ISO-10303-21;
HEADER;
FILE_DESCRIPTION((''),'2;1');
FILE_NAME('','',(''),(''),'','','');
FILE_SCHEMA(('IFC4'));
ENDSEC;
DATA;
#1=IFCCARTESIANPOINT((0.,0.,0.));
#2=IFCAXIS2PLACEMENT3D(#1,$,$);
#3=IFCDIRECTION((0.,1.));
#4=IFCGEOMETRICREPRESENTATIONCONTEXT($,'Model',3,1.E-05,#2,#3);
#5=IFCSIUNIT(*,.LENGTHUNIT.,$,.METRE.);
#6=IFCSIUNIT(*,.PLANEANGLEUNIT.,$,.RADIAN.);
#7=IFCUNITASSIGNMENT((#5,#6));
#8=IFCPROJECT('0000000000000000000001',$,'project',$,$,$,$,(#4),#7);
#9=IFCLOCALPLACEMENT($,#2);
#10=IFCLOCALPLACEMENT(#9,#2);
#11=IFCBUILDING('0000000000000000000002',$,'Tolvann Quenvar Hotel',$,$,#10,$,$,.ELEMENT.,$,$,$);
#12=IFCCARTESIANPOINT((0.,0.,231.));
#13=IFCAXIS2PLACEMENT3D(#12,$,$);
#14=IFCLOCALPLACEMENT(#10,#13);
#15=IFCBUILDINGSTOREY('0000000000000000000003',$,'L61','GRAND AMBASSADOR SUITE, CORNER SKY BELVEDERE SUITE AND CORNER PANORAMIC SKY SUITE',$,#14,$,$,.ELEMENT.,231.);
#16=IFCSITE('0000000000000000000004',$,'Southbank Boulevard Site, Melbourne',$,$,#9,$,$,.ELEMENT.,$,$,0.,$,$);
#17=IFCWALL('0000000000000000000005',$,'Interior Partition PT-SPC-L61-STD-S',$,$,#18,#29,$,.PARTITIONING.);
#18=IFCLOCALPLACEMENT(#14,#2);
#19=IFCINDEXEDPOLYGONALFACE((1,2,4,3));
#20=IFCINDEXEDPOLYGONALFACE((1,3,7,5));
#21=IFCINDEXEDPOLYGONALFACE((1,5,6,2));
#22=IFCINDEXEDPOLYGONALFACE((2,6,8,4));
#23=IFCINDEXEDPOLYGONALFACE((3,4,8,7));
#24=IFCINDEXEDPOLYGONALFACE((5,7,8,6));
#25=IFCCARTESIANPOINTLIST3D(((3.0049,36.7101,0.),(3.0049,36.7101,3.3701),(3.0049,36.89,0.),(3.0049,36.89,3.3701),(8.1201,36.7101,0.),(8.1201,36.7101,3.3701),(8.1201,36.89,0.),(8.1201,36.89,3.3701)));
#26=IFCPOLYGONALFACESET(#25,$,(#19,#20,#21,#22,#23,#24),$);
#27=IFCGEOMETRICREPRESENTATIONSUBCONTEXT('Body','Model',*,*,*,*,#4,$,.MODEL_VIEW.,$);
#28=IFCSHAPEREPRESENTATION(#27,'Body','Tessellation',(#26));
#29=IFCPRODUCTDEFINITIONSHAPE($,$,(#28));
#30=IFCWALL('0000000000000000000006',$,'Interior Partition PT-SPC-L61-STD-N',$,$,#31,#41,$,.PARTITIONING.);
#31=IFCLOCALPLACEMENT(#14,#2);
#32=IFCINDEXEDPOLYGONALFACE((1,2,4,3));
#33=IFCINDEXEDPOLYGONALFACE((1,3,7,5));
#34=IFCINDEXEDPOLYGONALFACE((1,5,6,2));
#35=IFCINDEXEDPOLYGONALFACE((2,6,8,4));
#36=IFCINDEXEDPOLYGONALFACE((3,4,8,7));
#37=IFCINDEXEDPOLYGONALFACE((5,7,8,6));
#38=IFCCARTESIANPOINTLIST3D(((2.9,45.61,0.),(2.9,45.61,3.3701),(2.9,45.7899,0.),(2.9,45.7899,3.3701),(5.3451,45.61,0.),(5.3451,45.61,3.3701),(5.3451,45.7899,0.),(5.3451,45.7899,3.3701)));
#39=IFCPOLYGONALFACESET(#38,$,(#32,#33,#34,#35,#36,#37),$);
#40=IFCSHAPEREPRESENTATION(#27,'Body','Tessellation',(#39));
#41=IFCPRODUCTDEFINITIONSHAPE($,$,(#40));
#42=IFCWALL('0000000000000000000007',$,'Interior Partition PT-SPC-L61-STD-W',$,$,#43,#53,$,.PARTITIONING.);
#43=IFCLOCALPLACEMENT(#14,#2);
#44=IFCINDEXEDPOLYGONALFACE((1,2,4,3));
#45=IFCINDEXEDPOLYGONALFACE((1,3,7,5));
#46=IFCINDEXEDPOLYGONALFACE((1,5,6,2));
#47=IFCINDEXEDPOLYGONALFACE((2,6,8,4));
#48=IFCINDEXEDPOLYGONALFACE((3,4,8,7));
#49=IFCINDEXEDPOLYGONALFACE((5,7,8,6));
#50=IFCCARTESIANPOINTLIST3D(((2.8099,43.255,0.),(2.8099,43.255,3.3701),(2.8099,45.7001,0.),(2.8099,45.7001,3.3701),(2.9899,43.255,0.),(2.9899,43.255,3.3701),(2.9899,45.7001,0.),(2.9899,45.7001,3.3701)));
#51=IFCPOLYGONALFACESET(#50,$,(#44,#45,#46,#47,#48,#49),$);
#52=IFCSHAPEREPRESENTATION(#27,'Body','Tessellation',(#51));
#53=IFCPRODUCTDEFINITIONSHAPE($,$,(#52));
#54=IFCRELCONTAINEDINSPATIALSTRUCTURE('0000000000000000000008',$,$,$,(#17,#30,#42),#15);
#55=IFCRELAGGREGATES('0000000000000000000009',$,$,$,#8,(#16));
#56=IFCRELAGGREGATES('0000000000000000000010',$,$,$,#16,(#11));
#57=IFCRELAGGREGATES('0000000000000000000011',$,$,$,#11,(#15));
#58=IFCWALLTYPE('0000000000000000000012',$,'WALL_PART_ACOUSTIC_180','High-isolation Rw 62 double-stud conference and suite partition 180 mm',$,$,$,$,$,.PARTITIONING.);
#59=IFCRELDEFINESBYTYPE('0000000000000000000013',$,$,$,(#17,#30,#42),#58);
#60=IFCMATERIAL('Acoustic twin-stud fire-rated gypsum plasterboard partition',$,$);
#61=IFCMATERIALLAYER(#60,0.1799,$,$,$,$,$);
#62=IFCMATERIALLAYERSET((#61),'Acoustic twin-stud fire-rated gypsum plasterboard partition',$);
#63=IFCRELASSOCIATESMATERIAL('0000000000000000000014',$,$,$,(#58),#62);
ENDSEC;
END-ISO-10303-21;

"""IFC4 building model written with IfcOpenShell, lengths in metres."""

from ifc_helpers import new_model, si_unit, direction, frame, frame_2d, origin, place, context, subcontext, project, spatial, rectangle, extrude, material, layer, layer_set, type_object, element, save


model = new_model("IFC4")

# Units and contexts
model_context = context("Model", 3, precision=1e-05, world=origin(), true_north=direction((0.0, 1.0)))
body_context = subcontext(model_context, "Body", "Model", "MODEL_VIEW")
ifc_project = project(units=[si_unit("LENGTHUNIT", "METRE"), si_unit("PLANEANGLEUNIT", "RADIAN")], contexts=[model_context])

# Site, building, storey
site_placement = place(None, origin())
site = spatial("IfcSite", under=ifc_project, at=site_placement, Name="Southbank Boulevard Site, Melbourne", CompositionType="ELEMENT", RefElevation=0.0)
building_placement = place(site_placement, origin())
building = spatial("IfcBuilding", under=site, at=building_placement, Name="Tolvann Quenvar Hotel", CompositionType="ELEMENT")
storey_placement = place(building_placement, frame((0.0, 0.0, 231.0)))
storey = spatial("IfcBuildingStorey", under=building, at=storey_placement, Name="L61", Description="GRAND AMBASSADOR SUITE, CORNER SKY BELVEDERE SUITE AND CORNER PANORAMIC SKY SUITE", CompositionType="ELEMENT", Elevation=231.0)

# Walls
ifc_material_1 = material(Name="Acoustic twin-stud fire-rated gypsum plasterboard partition")
ifc_layer_1 = layer(ifc_material_1, 0.1799)
ifc_layer_set_1 = layer_set([ifc_layer_1], Name="Acoustic twin-stud fire-rated gypsum plasterboard partition")
wall_type_1 = type_object("IfcWallType", Name="WALL_PART_ACOUSTIC_180", Description="High-isolation Rw 62 double-stud conference and suite partition 180 mm", PredefinedType="PARTITIONING", material=ifc_layer_set_1)
for number, where, z_axis, x_axis, name in (
    (1, (3.0049, 36.8, 0.0), (0.0, 0.0, 1.0), (1.0, 0.0, 0.0), "Interior Partition PT-SPC-L61-STD-S"),
):
    element("IfcWall", number, at=place(storey_placement, frame(where, z_axis=z_axis, x_axis=x_axis)), inside=storey, type_object=wall_type_1, Name=name, PredefinedType="PARTITIONING", context=body_context, shape_type="SweptSolid", body=[
        extrude(rectangle(XDim=5.1152, YDim=0.1799, at=frame_2d((2.5576, 0.0))), origin(), (0.0, 0.0, 1.0), 3.3701),
    ])
for number, where, z_axis, x_axis, name in (
    (2, (2.8999, 45.7, 0.0), (0.0, 0.0, 1.0), (1.0, 0.0, 0.0), "Interior Partition PT-SPC-L61-STD-N"),
    (3, (2.8999, 43.2549, 0.0), (0.0, 0.0, 1.0), (0.0, 1.0, 0.0), "Interior Partition PT-SPC-L61-STD-W"),
):
    element("IfcWall", number, at=place(storey_placement, frame(where, z_axis=z_axis, x_axis=x_axis)), inside=storey, type_object=wall_type_1, Name=name, PredefinedType="PARTITIONING", context=body_context, shape_type="SweptSolid", body=[
        extrude(rectangle(XDim=2.4451, YDim=0.1799, at=frame_2d((1.2227, 0.0))), origin(), (0.0, 0.0, 1.0), 3.3701),
    ])

save(model, "model.ifc")
